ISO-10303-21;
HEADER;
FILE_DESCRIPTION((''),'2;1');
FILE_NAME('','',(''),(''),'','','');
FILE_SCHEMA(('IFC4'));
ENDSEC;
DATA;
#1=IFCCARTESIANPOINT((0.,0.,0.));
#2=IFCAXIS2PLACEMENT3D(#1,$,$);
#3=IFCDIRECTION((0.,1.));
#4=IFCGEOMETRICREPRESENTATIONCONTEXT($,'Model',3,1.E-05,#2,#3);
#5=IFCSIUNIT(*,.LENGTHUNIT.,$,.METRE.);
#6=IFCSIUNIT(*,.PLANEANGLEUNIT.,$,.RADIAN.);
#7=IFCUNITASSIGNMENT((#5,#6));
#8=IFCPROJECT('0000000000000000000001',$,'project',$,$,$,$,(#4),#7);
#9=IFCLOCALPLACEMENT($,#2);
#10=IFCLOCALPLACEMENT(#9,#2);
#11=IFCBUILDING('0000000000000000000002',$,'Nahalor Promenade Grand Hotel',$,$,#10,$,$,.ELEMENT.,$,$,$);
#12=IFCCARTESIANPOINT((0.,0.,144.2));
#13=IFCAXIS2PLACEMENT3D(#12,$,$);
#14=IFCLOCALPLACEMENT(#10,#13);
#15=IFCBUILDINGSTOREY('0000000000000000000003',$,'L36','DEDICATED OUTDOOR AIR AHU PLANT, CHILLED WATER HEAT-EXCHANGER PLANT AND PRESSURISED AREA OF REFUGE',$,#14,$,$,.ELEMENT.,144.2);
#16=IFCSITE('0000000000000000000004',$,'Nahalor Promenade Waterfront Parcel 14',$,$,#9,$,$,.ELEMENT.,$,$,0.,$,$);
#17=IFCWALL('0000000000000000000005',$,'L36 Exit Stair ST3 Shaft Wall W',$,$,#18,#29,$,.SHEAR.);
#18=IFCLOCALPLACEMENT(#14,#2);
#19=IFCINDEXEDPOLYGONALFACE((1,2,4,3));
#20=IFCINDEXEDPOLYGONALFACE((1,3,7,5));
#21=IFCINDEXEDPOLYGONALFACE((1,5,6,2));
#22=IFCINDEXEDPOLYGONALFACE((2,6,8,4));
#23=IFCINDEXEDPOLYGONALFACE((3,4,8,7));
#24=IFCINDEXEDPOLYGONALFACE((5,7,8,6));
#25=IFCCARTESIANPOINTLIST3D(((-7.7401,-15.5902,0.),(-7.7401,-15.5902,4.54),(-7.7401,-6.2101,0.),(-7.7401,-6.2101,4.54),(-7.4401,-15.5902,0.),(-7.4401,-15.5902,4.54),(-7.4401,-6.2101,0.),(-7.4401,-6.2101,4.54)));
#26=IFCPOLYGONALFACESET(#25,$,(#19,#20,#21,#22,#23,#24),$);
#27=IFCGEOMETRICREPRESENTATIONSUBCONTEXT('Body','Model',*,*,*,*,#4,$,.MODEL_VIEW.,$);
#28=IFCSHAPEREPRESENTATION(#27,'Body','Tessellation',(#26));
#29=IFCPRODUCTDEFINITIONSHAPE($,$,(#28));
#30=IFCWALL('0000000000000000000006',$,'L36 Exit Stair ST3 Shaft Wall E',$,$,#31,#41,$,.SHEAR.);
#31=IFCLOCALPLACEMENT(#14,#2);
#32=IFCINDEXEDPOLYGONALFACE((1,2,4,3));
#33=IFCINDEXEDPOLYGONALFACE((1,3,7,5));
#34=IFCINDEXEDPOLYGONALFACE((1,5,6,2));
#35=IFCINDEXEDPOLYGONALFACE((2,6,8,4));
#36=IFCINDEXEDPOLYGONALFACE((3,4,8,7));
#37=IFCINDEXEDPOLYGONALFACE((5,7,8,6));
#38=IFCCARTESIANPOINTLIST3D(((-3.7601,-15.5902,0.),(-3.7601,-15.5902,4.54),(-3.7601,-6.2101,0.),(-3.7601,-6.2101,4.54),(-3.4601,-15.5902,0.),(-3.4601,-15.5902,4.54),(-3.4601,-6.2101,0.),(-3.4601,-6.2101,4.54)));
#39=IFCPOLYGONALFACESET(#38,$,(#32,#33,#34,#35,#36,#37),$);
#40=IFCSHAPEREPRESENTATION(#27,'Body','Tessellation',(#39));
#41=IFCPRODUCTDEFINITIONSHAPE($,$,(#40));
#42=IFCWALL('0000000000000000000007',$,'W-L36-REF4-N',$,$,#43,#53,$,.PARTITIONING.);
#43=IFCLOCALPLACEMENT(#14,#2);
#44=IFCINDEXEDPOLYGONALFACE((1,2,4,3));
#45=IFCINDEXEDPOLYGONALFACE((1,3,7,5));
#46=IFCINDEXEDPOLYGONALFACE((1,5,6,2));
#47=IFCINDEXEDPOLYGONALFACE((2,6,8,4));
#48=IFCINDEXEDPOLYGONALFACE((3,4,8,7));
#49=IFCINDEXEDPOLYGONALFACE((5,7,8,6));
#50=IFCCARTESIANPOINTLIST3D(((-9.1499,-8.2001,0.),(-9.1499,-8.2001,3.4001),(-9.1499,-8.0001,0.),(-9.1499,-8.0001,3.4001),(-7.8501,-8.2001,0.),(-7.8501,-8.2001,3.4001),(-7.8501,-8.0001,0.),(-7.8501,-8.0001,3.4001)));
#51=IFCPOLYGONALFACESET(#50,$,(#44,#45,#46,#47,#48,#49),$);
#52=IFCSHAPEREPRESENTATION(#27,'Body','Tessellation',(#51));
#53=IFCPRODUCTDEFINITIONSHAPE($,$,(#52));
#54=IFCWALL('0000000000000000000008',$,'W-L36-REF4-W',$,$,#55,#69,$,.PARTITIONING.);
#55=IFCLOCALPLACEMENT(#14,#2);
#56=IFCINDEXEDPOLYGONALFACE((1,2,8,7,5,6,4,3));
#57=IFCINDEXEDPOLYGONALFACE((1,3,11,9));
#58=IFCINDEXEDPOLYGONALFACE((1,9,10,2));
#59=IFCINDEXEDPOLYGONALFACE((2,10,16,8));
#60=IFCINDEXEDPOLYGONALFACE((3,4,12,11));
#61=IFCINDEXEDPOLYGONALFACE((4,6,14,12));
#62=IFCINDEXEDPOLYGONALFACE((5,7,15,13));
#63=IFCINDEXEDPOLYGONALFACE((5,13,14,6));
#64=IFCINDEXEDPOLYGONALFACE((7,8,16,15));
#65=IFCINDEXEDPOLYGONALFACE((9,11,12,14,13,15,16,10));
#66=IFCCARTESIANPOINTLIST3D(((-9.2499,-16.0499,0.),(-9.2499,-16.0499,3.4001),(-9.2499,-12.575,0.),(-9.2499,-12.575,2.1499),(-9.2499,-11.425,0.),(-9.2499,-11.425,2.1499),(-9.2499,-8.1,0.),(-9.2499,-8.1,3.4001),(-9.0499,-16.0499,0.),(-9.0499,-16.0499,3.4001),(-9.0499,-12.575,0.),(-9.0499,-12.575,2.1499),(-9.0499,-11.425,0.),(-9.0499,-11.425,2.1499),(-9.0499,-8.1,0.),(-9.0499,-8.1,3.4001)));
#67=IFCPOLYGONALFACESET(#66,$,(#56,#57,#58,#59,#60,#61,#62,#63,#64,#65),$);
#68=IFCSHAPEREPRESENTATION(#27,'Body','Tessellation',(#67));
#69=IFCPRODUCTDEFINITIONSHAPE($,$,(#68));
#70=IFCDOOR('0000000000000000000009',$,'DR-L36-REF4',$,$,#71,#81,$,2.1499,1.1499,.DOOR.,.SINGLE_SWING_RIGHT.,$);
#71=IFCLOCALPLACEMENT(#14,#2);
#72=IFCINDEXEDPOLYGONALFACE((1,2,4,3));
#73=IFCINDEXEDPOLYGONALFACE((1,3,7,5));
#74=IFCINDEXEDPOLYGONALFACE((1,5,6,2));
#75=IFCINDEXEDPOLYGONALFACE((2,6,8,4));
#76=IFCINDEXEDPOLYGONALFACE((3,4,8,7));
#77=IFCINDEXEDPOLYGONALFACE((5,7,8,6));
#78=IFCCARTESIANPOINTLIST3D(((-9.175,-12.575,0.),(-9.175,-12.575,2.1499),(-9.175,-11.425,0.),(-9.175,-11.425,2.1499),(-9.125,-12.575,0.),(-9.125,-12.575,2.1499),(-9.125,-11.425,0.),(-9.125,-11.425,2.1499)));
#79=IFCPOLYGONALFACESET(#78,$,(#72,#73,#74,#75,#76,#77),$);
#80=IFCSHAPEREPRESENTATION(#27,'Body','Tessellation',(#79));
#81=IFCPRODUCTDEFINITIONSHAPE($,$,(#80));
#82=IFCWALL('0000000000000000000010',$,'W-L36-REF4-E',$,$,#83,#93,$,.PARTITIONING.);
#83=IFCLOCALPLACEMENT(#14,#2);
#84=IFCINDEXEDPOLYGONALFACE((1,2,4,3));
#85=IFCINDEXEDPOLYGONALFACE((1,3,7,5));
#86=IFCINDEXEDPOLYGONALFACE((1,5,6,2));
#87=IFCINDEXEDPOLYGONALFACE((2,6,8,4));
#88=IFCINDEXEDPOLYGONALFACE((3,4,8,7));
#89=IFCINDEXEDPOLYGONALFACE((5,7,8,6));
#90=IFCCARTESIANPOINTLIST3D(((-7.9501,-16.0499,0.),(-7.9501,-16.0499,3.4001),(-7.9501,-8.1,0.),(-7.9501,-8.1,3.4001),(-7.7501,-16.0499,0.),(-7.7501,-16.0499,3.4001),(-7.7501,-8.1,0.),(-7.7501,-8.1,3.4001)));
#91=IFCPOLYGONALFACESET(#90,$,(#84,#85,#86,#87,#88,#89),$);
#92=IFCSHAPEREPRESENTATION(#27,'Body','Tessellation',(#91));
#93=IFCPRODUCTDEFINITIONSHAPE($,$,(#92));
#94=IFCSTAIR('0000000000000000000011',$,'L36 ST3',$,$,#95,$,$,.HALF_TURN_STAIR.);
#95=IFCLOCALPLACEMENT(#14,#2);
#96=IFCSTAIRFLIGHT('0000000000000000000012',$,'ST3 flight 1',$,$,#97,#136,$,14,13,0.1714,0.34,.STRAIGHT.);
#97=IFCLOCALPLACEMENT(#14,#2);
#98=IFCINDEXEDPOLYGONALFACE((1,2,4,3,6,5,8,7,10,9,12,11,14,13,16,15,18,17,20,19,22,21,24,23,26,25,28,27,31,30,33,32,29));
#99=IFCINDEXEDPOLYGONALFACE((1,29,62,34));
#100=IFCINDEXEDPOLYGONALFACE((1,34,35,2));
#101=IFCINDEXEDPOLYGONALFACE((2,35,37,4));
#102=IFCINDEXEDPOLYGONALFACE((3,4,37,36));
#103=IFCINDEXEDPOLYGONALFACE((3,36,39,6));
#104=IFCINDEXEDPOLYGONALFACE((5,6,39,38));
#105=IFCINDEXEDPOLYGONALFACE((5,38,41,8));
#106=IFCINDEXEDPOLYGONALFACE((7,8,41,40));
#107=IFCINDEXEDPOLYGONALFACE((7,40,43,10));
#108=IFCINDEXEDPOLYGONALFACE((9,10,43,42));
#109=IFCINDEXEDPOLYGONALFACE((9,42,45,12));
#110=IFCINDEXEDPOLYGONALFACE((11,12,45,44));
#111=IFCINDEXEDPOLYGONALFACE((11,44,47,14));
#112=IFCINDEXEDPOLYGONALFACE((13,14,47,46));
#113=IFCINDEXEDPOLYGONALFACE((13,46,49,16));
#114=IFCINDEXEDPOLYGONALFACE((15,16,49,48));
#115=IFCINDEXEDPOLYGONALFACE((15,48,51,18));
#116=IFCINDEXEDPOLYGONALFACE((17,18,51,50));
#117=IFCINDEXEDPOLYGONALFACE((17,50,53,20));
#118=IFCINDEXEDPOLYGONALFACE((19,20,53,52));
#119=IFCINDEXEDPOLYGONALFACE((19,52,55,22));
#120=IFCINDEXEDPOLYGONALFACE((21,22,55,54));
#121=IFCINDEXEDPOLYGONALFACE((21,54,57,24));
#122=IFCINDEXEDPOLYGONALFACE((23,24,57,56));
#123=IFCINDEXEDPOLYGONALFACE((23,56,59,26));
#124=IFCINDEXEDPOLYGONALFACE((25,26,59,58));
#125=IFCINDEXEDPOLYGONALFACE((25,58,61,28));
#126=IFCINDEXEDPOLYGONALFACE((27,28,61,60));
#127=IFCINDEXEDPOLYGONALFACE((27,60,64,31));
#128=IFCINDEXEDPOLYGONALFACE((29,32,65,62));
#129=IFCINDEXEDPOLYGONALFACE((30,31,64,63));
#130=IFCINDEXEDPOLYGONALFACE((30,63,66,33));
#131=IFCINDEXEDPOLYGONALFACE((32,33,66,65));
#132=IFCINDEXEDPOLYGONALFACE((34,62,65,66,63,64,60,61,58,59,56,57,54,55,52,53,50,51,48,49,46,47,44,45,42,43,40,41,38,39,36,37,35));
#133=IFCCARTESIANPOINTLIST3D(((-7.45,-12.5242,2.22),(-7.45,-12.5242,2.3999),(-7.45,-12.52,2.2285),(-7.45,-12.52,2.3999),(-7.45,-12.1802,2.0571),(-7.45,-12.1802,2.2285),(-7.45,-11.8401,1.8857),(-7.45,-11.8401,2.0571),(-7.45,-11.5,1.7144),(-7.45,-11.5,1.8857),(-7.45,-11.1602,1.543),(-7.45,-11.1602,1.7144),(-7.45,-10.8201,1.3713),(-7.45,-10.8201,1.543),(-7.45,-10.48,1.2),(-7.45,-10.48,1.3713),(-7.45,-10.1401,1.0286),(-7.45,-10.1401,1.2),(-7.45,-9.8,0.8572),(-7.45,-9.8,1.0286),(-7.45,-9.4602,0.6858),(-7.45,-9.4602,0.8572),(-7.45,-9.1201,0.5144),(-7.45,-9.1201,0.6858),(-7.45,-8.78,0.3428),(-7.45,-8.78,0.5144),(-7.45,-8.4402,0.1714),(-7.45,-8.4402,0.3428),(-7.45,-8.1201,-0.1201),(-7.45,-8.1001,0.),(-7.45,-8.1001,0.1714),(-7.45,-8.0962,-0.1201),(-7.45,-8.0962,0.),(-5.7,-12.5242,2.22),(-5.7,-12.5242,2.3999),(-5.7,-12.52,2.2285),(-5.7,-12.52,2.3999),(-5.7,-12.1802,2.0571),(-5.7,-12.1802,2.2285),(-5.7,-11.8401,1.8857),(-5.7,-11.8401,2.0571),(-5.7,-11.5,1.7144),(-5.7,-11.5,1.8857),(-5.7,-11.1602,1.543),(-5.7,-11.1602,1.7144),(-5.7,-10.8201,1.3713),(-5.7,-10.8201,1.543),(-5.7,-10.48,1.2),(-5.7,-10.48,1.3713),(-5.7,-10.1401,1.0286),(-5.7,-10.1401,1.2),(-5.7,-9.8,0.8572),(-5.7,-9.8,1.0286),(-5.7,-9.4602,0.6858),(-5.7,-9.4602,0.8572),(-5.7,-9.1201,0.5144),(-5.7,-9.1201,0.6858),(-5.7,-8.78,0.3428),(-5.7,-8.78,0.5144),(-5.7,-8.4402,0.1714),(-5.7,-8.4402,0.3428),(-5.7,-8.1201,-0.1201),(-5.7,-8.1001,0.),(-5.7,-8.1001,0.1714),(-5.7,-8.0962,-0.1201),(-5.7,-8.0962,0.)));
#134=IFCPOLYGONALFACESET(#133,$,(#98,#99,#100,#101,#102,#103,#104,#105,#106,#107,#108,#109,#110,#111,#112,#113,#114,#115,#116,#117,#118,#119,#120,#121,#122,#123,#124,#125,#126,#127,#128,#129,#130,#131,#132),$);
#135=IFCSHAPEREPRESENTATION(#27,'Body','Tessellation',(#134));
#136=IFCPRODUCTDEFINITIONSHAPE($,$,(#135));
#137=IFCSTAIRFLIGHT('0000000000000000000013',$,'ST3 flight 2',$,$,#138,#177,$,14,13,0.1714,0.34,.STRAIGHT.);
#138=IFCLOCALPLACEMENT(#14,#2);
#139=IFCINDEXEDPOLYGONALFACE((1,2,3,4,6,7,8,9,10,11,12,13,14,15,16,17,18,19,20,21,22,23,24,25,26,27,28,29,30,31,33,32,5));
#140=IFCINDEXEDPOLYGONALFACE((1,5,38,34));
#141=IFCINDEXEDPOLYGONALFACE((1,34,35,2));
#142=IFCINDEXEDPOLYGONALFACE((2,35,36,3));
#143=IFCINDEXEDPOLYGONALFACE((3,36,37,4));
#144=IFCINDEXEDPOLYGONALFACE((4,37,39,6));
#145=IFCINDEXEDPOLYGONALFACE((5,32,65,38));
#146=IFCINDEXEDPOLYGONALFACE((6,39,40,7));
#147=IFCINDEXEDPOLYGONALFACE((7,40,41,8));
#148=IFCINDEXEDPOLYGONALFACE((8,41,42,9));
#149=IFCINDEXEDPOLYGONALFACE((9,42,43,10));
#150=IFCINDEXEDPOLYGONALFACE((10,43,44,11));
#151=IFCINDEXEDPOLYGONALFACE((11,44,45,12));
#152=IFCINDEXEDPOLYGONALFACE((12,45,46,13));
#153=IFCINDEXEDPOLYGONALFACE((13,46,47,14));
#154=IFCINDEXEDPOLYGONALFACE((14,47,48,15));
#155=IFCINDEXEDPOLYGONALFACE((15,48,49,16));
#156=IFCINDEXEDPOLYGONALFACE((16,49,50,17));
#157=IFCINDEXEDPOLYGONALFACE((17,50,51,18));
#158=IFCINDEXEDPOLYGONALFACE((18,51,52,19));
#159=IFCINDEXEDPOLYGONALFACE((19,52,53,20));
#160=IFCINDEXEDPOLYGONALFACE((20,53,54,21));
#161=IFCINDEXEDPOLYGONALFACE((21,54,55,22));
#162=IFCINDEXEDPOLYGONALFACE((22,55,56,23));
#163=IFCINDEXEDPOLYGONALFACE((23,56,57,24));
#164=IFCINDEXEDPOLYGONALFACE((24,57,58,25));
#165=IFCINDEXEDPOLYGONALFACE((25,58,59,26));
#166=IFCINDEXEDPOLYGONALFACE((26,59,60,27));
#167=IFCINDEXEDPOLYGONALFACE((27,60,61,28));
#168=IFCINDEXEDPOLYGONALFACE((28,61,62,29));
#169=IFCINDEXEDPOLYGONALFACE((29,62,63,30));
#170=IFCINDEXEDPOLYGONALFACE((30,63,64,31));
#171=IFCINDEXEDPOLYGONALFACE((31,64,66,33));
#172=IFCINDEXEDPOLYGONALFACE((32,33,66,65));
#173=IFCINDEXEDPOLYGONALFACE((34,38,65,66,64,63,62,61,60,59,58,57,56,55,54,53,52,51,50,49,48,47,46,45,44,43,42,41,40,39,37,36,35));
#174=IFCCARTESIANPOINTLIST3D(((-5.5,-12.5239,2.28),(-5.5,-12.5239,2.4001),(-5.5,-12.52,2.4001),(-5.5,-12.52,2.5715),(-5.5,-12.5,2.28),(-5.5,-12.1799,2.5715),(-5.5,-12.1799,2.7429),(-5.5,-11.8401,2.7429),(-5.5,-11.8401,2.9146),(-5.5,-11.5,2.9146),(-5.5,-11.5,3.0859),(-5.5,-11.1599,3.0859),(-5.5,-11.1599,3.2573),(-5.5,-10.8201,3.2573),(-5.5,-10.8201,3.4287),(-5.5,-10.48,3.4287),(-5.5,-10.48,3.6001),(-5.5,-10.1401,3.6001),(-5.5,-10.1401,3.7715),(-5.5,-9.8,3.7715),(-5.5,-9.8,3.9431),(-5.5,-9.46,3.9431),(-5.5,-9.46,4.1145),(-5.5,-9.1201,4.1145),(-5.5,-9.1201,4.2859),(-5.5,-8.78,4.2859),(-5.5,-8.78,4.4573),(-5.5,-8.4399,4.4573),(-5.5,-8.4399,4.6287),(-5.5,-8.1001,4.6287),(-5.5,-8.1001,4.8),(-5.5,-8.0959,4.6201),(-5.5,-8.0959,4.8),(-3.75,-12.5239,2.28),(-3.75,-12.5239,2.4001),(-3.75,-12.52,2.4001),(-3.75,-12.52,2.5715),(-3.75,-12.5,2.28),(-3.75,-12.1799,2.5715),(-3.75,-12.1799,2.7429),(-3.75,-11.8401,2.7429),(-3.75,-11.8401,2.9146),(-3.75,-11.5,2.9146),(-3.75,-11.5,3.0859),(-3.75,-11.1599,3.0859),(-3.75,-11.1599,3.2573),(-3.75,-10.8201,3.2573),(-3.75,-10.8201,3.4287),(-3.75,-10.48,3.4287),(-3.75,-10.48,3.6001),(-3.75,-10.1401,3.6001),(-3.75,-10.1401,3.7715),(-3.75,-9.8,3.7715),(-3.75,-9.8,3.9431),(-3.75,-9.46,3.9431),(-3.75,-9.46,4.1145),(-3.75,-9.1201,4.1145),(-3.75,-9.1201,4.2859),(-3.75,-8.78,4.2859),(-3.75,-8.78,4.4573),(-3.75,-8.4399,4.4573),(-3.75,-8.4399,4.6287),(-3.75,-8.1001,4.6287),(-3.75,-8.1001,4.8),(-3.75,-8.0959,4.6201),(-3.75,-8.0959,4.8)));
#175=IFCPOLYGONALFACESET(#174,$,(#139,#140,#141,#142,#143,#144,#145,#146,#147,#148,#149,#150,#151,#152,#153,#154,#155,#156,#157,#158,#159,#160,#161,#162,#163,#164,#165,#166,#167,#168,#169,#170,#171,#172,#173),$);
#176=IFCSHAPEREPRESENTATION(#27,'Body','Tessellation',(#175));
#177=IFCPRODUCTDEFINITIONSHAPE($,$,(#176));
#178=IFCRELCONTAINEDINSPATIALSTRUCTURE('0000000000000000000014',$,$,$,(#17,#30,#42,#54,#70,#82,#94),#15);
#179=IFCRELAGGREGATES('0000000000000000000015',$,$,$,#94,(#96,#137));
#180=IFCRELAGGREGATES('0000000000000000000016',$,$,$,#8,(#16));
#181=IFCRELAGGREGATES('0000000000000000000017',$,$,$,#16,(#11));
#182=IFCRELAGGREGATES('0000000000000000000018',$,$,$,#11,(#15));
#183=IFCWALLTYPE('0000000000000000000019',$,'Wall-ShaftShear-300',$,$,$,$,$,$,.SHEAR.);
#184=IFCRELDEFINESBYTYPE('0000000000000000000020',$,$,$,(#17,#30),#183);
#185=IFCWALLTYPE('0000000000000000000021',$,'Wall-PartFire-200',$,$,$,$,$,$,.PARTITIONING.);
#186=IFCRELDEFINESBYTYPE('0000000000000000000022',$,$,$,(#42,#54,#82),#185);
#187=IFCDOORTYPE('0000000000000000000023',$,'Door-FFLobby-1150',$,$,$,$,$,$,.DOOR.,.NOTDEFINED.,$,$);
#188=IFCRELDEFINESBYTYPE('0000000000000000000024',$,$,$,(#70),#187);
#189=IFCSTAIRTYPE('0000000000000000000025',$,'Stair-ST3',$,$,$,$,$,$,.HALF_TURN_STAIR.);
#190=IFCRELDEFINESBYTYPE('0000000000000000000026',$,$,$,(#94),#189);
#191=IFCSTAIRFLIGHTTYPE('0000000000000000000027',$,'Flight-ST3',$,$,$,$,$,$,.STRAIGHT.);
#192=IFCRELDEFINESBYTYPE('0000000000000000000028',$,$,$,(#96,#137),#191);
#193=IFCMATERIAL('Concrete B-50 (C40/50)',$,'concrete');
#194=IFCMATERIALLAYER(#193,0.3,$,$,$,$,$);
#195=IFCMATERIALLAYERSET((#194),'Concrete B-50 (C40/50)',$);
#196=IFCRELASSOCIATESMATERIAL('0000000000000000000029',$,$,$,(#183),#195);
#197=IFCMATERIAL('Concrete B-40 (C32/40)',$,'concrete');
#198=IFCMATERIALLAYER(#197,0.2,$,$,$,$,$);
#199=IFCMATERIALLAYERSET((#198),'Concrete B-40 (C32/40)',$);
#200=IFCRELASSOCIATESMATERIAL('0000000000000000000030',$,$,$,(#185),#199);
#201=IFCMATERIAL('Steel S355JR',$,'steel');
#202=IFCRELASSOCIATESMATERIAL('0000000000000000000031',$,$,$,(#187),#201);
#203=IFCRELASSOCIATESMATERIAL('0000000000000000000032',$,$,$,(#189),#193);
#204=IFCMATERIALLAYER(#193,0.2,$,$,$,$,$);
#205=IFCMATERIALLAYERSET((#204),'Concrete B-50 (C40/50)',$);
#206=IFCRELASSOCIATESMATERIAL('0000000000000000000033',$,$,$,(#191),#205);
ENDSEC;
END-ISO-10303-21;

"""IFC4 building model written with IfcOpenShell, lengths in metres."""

from ifc_helpers import new_model, si_unit, direction, frame, frame_2d, origin, place, context, subcontext, project, spatial, polyline, rectangle, outline, extrude, source, transform, mapped, material, layer, layer_set, type_object, element, fill, aggregate, save


model = new_model("IFC4")

# Units and contexts
model_context = context("Model", 3, precision=1e-05, world=origin(), true_north=direction((0.0, 1.0)))
body_context = subcontext(model_context, "Body", "Model", "MODEL_VIEW")
ifc_project = project(units=[si_unit("LENGTHUNIT", "METRE"), si_unit("PLANEANGLEUNIT", "RADIAN")], contexts=[model_context])

# Site, building, storey
site_placement = place(None, origin())
site = spatial("IfcSite", under=ifc_project, at=site_placement, Name="Nahalor Promenade Waterfront Parcel 14", CompositionType="ELEMENT", RefElevation=0.0)
building_placement = place(site_placement, origin())
building = spatial("IfcBuilding", under=site, at=building_placement, Name="Nahalor Promenade Grand Hotel", CompositionType="ELEMENT")
storey_placement = place(building_placement, frame((0.0, 0.0, 144.2)))
storey = spatial("IfcBuildingStorey", under=building, at=storey_placement, Name="L36", Description="DEDICATED OUTDOOR AIR AHU PLANT, CHILLED WATER HEAT-EXCHANGER PLANT AND PRESSURISED AREA OF REFUGE", CompositionType="ELEMENT", Elevation=144.2)

# Shared definitions
ifc_material_1 = material(Name="Steel S355JR", Category="steel")

# Shared definitions
ifc_material_2 = material(Name="Concrete B-50 (C40/50)", Category="concrete")
ifc_layer_1 = layer(ifc_material_2, 0.3)
ifc_layer_set_1 = layer_set([ifc_layer_1], Name="Concrete B-50 (C40/50)")
wall_type_1 = type_object("IfcWallType", Name="Wall-ShaftShear-300", PredefinedType="SHEAR", material=ifc_layer_set_1)

# Walls
shared_shape_1 = source(origin(), body_context, "Body", "SweptSolid", [
    extrude(rectangle(XDim=9.3801, YDim=0.3, at=frame_2d((4.6899, 0.0))), origin(), (0.0, 0.0, 1.0), 4.54),
])
for number, where, z_axis, x_axis, name in (
    (1, (-7.5901, -15.5901, 0.0), (0.0, 0.0, 1.0), (0.0, 1.0, 0.0), "L36 Exit Stair ST3 Shaft Wall W"),
    (2, (-3.6101, -15.5901, 0.0), (0.0, 0.0, 1.0), (0.0, 1.0, 0.0), "L36 Exit Stair ST3 Shaft Wall E"),
):
    element("IfcWall", number, at=place(storey_placement, frame(where, z_axis=z_axis, x_axis=x_axis)), inside=storey, type_object=wall_type_1, Name=name, PredefinedType="SHEAR", context=body_context, shape_type="MappedRepresentation", body=[
        mapped(shared_shape_1, transform((0.0, 0.0, 0.0), scale=1.0)),
    ])
ifc_material_3 = material(Name="Concrete B-40 (C32/40)", Category="concrete")
ifc_layer_2 = layer(ifc_material_3, 0.2)
ifc_layer_set_2 = layer_set([ifc_layer_2], Name="Concrete B-40 (C32/40)")
wall_type_2 = type_object("IfcWallType", Name="Wall-PartFire-200", PredefinedType="PARTITIONING", material=ifc_layer_set_2)
shared_shape_2 = source(origin(), body_context, "Body", "SweptSolid", [
    extrude(rectangle(XDim=1.2998, YDim=0.2, at=frame_2d((0.6499, 0.0))), origin(), (0.0, 0.0, 1.0), 3.4001),
])
wall_1_placement = place(storey_placement, frame((-9.1499, -8.1001, 0.0), z_axis=(0.0, 0.0, 1.0), x_axis=(1.0, 0.0, 0.0)))
element("IfcWall", 3, at=wall_1_placement, inside=storey, type_object=wall_type_2, Name="W-L36-REF4-N", PredefinedType="PARTITIONING", context=body_context, shape_type="MappedRepresentation", body=[
    mapped(shared_shape_2, transform((0.0, 0.0, 0.0), scale=1.0)),
])

# Wall, opening, door
shared_shape_3 = source(origin(), body_context, "Body", "SweptSolid", [
    extrude(rectangle(XDim=7.95, YDim=0.2, at=frame_2d((3.9751, 0.0))), origin(), (0.0, 0.0, 1.0), 3.4001),
])
wall_2_placement = place(storey_placement, frame((-9.1499, -16.05, 0.0), z_axis=(0.0, 0.0, 1.0), x_axis=(0.0, 1.0, 0.0)))
wall_2 = element("IfcWall", 4, at=wall_2_placement, inside=storey, type_object=wall_type_2, Name="W-L36-REF4-W", PredefinedType="PARTITIONING", context=body_context, shape_type="MappedRepresentation", body=[
    mapped(shared_shape_3, transform((0.0, 0.0, 0.0), scale=1.0)),
])
opening_1_placement = place(wall_2_placement, frame((3.4751, 0.0, 0.0)))
opening_1 = element("IfcOpeningElement", 5, at=opening_1_placement, cuts=wall_2, PredefinedType="OPENING", context=body_context, shape_type="SweptSolid", body=[
    extrude(rectangle(XDim=1.1499, YDim=2.1499, at=frame_2d((0.575, 1.075))), frame((0.0, 0.1099, 0.0), z_axis=(0.0, -1.0, 0.0), x_axis=(1.0, 0.0, 0.0)), (0.0, 0.0, 1.0), 0.22),
])
door_type_1 = type_object("IfcDoorType", Name="Door-FFLobby-1150", OperationType="NOTDEFINED", PredefinedType="DOOR", material=ifc_material_1)
shared_shape_4 = source(origin(), body_context, "Body", "SweptSolid", [
    extrude(rectangle(XDim=1.1499, YDim=2.1499, at=frame_2d((0.575, 1.075))), frame((0.0, 0.0249, 0.0), z_axis=(0.0, -1.0, 0.0), x_axis=(1.0, 0.0, 0.0)), (0.0, 0.0, 1.0), 0.05),
])
door_1_placement = place(opening_1_placement, frame((1.1499, 0.0, 0.0), z_axis=(0.0, 0.0, 1.0), x_axis=(-1.0, 0.0, 0.0)))
door_1 = element("IfcDoor", 6, at=door_1_placement, inside=storey, type_object=door_type_1, Name="DR-L36-REF4", OperationType="SINGLE_SWING_RIGHT", OverallHeight=2.1499, OverallWidth=1.1499, PredefinedType="DOOR", context=body_context, shape_type="MappedRepresentation", body=[
    mapped(shared_shape_4, transform((0.0, 0.0, 0.0), scale=1.0)),
])
fill(opening_1, door_1)

# Wall
wall_3_placement = place(storey_placement, frame((-7.8501, -16.05, 0.0), z_axis=(0.0, 0.0, 1.0), x_axis=(0.0, 1.0, 0.0)))
element("IfcWall", 7, at=wall_3_placement, inside=storey, type_object=wall_type_2, Name="W-L36-REF4-E", PredefinedType="PARTITIONING", context=body_context, shape_type="MappedRepresentation", body=[
    mapped(shared_shape_3, transform((0.0, 0.0, 0.0), scale=1.0)),
])

# Stair, stair flights
stair_type = type_object("IfcStairType", Name="Stair-ST3", PredefinedType="HALF_TURN_STAIR", material=ifc_material_2)
stair_placement = place(storey_placement, origin())
stair = element("IfcStair", 8, at=stair_placement, inside=storey, type_object=stair_type, Name="L36 ST3", PredefinedType="HALF_TURN_STAIR")
ifc_layer_3 = layer(ifc_material_2, 0.2)
ifc_layer_set_3 = layer_set([ifc_layer_3], Name="Concrete B-50 (C40/50)")
stair_flight_type = type_object("IfcStairFlightType", Name="Flight-ST3", PredefinedType="STRAIGHT", material=ifc_layer_set_3)
shared_shape_5 = source(origin(), body_context, "Body", "SweptSolid", [
    extrude(outline(polyline([(-0.0039, -0.1201), (-0.0039, 0.0), (0.0, 0.0), (0.0, 0.1714), (0.3401, 0.1714), (0.3401, 0.3428), (0.6799, 0.3428), (0.6799, 0.5144), (1.02, 0.5144), (1.02, 0.6858), (1.3601, 0.6858), (1.3601, 0.8572), (1.7, 0.8572), (1.7, 1.0286), (2.04, 1.0286), (2.04, 1.2), (2.3799, 1.2), (2.3799, 1.3713), (2.72, 1.3713), (2.72, 1.543), (3.0601, 1.543), (3.0601, 1.7144), (3.3999, 1.7144), (3.3999, 1.8857), (3.74, 1.8857), (3.74, 2.0571), (4.0801, 2.0571), (4.0801, 2.2285), (4.4199, 2.2285), (4.4199, 2.3999), (4.4241, 2.3999), (4.4241, 2.22), (0.02, -0.1201), (-0.0039, -0.1201)])), frame((0.0, 0.875, 0.0), z_axis=(0.0, -1.0, 0.0), x_axis=(1.0, 0.0, 0.0)), (0.0, 0.0, 1.0), 1.75),
])
stair_flight_1_placement = place(storey_placement, frame((-6.575, -8.1001, 0.0), z_axis=(0.0, 0.0, 1.0), x_axis=(0.0, -1.0, 0.0)))
stair_flight_1 = element("IfcStairFlight", 9, at=stair_flight_1_placement, type_object=stair_flight_type, Name="ST3 flight 1", NumberOfRisers=14, NumberOfTreads=13, PredefinedType="STRAIGHT", RiserHeight=0.1714, TreadLength=0.34, context=body_context, shape_type="MappedRepresentation", body=[
    mapped(shared_shape_5, transform((0.0, 0.0, 0.0), scale=1.0)),
])
stair_flight_2_placement = place(storey_placement, frame((-4.625, -12.52, 2.4001), z_axis=(0.0, 0.0, 1.0), x_axis=(0.0, 1.0, 0.0)))
stair_flight_2 = element("IfcStairFlight", 10, at=stair_flight_2_placement, type_object=stair_flight_type, Name="ST3 flight 2", NumberOfRisers=14, NumberOfTreads=13, PredefinedType="STRAIGHT", RiserHeight=0.1714, TreadLength=0.34, context=body_context, shape_type="MappedRepresentation", body=[
    mapped(shared_shape_5, transform((0.0, 0.0, 0.0), scale=1.0)),
])
aggregate(stair, [stair_flight_1, stair_flight_2])

save(model, "model.ifc")
